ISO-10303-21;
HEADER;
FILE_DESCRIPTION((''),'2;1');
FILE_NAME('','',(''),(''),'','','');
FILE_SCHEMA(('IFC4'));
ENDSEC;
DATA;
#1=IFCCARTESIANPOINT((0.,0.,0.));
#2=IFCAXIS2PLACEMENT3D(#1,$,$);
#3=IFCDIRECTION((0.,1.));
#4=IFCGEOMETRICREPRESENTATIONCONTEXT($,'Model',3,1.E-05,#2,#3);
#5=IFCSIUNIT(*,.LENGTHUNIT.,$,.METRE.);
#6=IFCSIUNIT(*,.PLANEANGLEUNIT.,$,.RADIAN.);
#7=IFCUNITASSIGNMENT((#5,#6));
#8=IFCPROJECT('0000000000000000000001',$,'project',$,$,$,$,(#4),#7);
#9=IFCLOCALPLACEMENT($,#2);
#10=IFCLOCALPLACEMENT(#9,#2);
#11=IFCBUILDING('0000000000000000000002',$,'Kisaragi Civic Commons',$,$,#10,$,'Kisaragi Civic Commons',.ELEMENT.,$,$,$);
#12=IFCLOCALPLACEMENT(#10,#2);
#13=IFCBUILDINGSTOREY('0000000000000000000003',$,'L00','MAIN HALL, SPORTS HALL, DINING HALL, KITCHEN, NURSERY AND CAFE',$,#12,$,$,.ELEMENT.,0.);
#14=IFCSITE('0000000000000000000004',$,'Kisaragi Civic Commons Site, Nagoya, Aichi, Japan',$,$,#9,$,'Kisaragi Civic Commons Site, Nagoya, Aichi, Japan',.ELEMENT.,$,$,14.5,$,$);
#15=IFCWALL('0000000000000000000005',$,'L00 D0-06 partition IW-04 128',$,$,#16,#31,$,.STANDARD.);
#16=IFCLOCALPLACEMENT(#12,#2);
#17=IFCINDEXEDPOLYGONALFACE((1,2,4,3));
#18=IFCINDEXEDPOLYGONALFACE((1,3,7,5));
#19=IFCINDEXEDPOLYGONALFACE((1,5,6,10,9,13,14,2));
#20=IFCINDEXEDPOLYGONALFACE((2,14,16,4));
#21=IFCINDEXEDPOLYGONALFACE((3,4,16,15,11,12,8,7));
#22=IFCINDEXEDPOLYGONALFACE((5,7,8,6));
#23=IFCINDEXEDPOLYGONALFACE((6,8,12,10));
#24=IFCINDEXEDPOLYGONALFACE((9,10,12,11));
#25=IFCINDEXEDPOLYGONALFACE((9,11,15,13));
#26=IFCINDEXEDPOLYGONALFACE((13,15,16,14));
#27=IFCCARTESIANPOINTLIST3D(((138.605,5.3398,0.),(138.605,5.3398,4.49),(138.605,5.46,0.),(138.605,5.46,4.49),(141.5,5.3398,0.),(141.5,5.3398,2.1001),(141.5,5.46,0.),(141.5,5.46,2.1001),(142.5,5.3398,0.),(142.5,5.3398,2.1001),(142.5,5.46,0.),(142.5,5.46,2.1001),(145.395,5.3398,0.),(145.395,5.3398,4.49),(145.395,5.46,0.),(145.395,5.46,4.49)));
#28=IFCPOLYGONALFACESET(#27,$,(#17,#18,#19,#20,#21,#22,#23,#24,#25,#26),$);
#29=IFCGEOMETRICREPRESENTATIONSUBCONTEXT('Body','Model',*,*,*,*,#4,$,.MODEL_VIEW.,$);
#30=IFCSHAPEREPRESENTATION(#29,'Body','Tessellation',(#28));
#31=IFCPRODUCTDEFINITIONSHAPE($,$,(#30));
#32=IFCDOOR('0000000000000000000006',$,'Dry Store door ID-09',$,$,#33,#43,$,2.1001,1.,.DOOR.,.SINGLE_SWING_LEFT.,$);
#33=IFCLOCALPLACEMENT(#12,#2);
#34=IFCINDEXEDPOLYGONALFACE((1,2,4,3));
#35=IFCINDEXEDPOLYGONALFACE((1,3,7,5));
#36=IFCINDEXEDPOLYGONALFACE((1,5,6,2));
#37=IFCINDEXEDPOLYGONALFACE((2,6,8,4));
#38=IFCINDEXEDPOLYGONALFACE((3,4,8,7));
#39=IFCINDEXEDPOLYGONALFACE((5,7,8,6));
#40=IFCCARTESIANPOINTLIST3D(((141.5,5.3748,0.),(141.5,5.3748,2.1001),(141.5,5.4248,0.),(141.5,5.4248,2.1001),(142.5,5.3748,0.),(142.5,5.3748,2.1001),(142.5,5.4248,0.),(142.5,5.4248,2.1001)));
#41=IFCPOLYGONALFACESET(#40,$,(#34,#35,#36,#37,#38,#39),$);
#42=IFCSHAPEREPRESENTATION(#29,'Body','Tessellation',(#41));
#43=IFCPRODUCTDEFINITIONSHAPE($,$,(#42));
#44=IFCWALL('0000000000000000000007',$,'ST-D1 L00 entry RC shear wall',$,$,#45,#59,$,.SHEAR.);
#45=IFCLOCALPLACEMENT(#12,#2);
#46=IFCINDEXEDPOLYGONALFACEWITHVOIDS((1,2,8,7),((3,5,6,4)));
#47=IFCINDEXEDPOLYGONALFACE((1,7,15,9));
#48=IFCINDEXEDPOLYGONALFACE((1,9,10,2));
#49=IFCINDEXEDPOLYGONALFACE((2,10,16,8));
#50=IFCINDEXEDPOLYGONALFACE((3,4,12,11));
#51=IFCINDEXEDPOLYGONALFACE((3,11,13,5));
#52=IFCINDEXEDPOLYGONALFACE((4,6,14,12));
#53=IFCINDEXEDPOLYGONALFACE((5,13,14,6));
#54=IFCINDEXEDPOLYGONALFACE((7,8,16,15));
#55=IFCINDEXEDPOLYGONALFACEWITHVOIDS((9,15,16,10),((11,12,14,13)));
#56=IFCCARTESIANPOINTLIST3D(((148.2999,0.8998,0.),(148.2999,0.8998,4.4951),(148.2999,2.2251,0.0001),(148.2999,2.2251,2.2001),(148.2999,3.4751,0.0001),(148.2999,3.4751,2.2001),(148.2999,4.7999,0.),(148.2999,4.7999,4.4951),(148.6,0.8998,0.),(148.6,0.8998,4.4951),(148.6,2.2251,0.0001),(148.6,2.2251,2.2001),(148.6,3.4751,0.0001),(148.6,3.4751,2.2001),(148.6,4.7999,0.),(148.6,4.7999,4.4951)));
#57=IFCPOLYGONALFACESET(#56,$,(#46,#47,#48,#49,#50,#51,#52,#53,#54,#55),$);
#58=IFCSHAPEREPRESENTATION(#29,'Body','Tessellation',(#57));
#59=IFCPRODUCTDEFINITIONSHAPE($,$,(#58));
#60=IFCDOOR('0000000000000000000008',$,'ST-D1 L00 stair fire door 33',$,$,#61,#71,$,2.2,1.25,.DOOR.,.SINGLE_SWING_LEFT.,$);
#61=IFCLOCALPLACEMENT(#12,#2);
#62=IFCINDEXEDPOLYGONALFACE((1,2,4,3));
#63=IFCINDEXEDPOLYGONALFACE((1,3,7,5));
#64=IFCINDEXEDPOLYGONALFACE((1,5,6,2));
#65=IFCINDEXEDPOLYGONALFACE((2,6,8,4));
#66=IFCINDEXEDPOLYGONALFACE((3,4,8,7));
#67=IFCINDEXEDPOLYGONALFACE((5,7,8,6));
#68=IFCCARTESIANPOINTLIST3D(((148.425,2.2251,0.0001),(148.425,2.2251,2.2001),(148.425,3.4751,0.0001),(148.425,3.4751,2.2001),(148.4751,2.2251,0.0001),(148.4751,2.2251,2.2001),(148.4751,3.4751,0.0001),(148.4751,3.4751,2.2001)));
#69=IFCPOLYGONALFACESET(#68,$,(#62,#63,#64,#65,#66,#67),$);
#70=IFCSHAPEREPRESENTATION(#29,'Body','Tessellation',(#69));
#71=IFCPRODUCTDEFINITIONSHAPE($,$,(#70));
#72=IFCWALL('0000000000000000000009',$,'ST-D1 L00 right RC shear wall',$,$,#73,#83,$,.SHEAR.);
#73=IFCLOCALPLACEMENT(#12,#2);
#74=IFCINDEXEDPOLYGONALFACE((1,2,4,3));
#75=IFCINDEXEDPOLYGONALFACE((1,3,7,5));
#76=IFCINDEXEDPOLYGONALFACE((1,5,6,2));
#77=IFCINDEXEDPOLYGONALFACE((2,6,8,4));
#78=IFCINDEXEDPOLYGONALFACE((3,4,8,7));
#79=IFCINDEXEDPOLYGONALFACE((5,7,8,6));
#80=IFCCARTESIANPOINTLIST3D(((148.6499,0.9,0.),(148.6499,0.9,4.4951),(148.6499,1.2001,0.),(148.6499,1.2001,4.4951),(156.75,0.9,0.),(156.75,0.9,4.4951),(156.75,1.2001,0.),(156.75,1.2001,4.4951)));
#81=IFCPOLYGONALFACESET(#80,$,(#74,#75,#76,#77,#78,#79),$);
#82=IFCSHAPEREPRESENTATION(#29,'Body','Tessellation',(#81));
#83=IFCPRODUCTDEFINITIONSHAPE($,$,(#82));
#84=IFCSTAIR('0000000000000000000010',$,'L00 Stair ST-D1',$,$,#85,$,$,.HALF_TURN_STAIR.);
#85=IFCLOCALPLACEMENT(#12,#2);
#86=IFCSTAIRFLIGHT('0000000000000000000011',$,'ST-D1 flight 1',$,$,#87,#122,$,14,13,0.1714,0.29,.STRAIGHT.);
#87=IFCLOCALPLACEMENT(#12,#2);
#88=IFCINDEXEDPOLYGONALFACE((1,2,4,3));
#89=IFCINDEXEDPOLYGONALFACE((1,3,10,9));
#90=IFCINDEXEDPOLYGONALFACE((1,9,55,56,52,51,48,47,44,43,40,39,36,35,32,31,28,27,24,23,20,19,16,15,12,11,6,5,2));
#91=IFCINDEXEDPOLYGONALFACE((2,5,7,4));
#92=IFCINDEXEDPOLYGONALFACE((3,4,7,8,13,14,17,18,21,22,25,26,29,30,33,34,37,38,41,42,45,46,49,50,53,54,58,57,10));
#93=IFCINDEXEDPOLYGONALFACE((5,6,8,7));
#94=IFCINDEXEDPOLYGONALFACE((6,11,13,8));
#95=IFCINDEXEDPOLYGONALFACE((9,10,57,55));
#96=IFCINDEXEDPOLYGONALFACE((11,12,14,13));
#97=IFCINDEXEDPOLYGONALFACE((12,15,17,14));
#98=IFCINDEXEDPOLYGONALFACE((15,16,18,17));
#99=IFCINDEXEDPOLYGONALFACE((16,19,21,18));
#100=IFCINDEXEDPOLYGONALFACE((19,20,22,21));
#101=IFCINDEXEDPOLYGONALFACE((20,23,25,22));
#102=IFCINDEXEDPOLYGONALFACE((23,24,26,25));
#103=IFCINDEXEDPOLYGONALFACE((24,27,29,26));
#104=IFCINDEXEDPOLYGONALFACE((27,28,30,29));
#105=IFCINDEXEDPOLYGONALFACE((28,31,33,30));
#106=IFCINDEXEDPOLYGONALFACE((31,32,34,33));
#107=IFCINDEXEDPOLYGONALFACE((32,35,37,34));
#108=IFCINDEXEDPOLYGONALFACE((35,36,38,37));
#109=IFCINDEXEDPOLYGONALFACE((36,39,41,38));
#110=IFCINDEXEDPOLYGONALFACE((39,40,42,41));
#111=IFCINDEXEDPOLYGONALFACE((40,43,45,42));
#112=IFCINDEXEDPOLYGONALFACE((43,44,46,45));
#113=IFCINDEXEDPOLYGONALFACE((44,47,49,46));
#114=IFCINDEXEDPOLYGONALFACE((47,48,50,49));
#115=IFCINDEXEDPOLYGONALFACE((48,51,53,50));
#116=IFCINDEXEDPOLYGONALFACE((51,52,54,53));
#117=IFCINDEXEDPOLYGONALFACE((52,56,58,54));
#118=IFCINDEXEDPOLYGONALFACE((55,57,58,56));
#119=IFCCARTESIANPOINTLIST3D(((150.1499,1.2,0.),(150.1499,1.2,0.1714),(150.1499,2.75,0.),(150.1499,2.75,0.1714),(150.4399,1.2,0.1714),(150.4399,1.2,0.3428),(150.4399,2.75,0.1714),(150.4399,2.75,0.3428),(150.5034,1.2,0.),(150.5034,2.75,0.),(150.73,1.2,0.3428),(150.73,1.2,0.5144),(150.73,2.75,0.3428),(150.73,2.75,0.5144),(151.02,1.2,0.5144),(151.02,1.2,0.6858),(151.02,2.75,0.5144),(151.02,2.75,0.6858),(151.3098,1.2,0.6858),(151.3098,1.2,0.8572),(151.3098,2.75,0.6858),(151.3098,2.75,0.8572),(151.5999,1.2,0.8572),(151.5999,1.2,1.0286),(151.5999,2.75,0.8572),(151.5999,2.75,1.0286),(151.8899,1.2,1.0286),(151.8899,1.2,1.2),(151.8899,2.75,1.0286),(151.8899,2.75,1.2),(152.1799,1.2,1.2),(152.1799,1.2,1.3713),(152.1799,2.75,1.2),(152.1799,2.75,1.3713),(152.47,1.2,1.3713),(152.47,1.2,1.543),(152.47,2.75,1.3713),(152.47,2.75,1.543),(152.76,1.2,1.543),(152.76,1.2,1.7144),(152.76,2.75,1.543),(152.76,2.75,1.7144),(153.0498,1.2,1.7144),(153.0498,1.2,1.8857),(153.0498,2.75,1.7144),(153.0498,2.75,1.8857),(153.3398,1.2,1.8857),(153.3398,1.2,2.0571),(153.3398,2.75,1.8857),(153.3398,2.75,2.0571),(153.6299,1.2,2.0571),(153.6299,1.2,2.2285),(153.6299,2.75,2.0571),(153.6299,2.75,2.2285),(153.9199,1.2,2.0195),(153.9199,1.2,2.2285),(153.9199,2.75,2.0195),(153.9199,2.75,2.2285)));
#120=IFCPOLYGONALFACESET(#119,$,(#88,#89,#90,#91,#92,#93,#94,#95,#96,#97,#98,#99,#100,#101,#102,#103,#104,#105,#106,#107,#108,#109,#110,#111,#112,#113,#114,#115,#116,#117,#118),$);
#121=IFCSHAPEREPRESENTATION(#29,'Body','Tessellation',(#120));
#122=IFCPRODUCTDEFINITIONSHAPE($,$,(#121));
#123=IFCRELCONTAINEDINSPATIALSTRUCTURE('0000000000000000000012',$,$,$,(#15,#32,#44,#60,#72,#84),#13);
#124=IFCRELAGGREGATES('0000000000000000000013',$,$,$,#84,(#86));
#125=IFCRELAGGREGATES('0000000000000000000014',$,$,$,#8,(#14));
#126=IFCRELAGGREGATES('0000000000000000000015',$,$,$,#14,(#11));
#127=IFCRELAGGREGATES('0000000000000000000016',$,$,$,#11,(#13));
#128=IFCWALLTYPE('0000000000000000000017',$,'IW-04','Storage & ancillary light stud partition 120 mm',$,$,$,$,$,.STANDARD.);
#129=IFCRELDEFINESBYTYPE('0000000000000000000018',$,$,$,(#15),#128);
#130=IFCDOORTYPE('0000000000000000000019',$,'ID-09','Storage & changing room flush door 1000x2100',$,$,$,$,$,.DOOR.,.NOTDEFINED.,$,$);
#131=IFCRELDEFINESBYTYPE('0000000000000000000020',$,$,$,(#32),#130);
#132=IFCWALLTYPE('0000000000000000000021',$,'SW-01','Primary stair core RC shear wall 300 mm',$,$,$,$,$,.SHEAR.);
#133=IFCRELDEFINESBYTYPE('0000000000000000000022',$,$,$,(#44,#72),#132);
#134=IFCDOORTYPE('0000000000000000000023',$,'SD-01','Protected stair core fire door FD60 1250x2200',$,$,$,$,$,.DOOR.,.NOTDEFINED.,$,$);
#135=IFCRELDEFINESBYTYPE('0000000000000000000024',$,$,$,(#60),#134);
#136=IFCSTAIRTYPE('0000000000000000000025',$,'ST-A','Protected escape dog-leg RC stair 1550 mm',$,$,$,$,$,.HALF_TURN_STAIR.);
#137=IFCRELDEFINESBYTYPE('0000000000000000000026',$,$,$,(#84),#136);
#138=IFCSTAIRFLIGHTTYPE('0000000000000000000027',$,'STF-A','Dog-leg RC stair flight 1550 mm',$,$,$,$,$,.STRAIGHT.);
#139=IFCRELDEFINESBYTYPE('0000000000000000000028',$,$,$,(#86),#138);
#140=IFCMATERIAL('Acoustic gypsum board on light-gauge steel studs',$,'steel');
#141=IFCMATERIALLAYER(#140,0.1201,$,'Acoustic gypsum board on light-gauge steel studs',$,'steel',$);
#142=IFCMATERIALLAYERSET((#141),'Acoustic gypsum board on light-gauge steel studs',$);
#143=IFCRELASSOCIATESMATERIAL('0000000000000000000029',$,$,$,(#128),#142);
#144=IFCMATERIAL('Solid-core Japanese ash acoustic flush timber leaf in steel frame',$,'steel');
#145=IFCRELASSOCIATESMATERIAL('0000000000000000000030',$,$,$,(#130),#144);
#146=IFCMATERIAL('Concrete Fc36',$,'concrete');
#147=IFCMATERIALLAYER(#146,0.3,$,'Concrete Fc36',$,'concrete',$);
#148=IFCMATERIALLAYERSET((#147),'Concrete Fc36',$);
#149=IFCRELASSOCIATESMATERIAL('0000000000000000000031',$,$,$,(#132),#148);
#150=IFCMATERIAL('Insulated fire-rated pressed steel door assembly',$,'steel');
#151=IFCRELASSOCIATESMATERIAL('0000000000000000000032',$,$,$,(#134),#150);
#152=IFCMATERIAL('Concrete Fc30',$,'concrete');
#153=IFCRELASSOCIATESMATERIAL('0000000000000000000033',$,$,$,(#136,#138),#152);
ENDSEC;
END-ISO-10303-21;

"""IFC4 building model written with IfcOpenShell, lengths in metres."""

from ifc_helpers import new_model, si_unit, direction, frame, frame_2d, origin, place, context, subcontext, project, spatial, polyline, rectangle, outline, extrude, material, layer, layer_set, type_object, element, fill, aggregate, save


model = new_model("IFC4")

# Units and contexts
model_context = context("Model", 3, precision=1e-05, world=origin(), true_north=direction((0.0, 1.0)))
body_context = subcontext(model_context, "Body", "Model", "MODEL_VIEW")
ifc_project = project(units=[si_unit("LENGTHUNIT", "METRE"), si_unit("PLANEANGLEUNIT", "RADIAN")], contexts=[model_context])

# Site, building, storey
site_placement = place(None, origin())
site = spatial("IfcSite", under=ifc_project, at=site_placement, Name="Kisaragi Civic Commons Site, Nagoya, Aichi, Japan", LongName="Kisaragi Civic Commons Site, Nagoya, Aichi, Japan", CompositionType="ELEMENT", RefElevation=14.5)
building_placement = place(site_placement, origin())
building = spatial("IfcBuilding", under=site, at=building_placement, Name="Kisaragi Civic Commons", LongName="Kisaragi Civic Commons", CompositionType="ELEMENT")
storey_placement = place(building_placement, origin())
storey = spatial("IfcBuildingStorey", under=building, at=storey_placement, Name="L00", Description="MAIN HALL, SPORTS HALL, DINING HALL, KITCHEN, NURSERY AND CAFE", CompositionType="ELEMENT", Elevation=0.0)

# Shared definitions
ifc_material_1 = material(Name="Concrete Fc36", Category="concrete")

# Shared definitions
ifc_material_2 = material(Name="Concrete Fc30", Category="concrete")

# Shared definitions
ifc_material_3 = material(Name="Acoustic gypsum board on light-gauge steel studs", Category="steel")
ifc_layer_1 = layer(ifc_material_3, 0.1201, Name="Acoustic gypsum board on light-gauge steel studs", Category="steel")
ifc_layer_set_1 = layer_set([ifc_layer_1], Name="Acoustic gypsum board on light-gauge steel studs")
wall_type_1 = type_object("IfcWallType", Name="IW-04", Description="Storage & ancillary light stud partition 120 mm", PredefinedType="STANDARD", material=ifc_layer_set_1)

# Walls, openings, doors
wall_1_placement = place(storey_placement, frame((138.605, 5.3999, 0.0), z_axis=(0.0, 0.0, 1.0), x_axis=(1.0, 0.0, 0.0)))
wall_1 = element("IfcWall", 1, at=wall_1_placement, inside=storey, type_object=wall_type_1, Name="L00 D0-06 partition IW-04 128", PredefinedType="STANDARD", context=body_context, shape_type="SweptSolid", body=[
    extrude(rectangle(XDim=6.79, YDim=0.1201, at=frame_2d((3.395, 0.0))), origin(), (0.0, 0.0, 1.0), 4.49),
])
opening_1_placement = place(wall_1_placement, frame((2.895, 0.0, 0.0)))
opening_1 = element("IfcOpeningElement", 2, at=opening_1_placement, cuts=wall_1, PredefinedType="OPENING", context=body_context, shape_type="SweptSolid", body=[
    extrude(rectangle(XDim=1.0, YDim=2.1001, at=frame_2d((0.5, 1.05))), frame((0.0, 0.0701, 0.0), z_axis=(0.0, -1.0, 0.0), x_axis=(1.0, 0.0, 0.0)), (0.0, 0.0, 1.0), 0.1401),
])
ifc_material_4 = material(Name="Solid-core Japanese ash acoustic flush timber leaf in steel frame", Category="steel")
door_type_1 = type_object("IfcDoorType", Name="ID-09", Description="Storage & changing room flush door 1000x2100", OperationType="NOTDEFINED", PredefinedType="DOOR", material=ifc_material_4)
door_1_placement = place(opening_1_placement, origin())
door_1 = element("IfcDoor", 3, at=door_1_placement, inside=storey, type_object=door_type_1, Name="Dry Store door ID-09", OperationType="SINGLE_SWING_LEFT", OverallHeight=2.1001, OverallWidth=1.0, PredefinedType="DOOR", context=body_context, shape_type="SweptSolid", body=[
    extrude(rectangle(XDim=1.0, YDim=2.1001, at=frame_2d((0.5, 1.05))), frame((0.0, 0.0249, 0.0), z_axis=(0.0, -1.0, 0.0), x_axis=(1.0, 0.0, 0.0)), (0.0, 0.0, 1.0), 0.05),
])
fill(opening_1, door_1)
ifc_layer_2 = layer(ifc_material_1, 0.3, Name="Concrete Fc36", Category="concrete")
ifc_layer_set_2 = layer_set([ifc_layer_2], Name="Concrete Fc36")
wall_type_2 = type_object("IfcWallType", Name="SW-01", Description="Primary stair core RC shear wall 300 mm", PredefinedType="SHEAR", material=ifc_layer_set_2)
wall_2_placement = place(storey_placement, frame((148.45, 4.8, 0.0), z_axis=(0.0, 0.0, 1.0), x_axis=(0.0, -1.0, 0.0)))
wall_2 = element("IfcWall", 4, at=wall_2_placement, inside=storey, type_object=wall_type_2, Name="ST-D1 L00 entry RC shear wall", PredefinedType="SHEAR", context=body_context, shape_type="SweptSolid", body=[
    extrude(rectangle(XDim=3.9001, YDim=0.3, at=frame_2d((1.9502, 0.0))), origin(), (0.0, 0.0, 1.0), 4.4951),
])
opening_2_placement = place(wall_2_placement, frame((1.325, 0.0, 0.0)))
opening_2 = element("IfcOpeningElement", 5, at=opening_2_placement, cuts=wall_2, PredefinedType="OPENING", context=body_context, shape_type="SweptSolid", body=[
    extrude(rectangle(XDim=1.25, YDim=2.2, at=frame_2d((0.625, 1.1001))), frame((0.0, 0.1599, 0.0), z_axis=(0.0, -1.0, 0.0), x_axis=(1.0, 0.0, 0.0)), (0.0, 0.0, 1.0), 0.3201),
])
ifc_material_5 = material(Name="Insulated fire-rated pressed steel door assembly", Category="steel")
door_type_2 = type_object("IfcDoorType", Name="SD-01", Description="Protected stair core fire door FD60 1250x2200", OperationType="NOTDEFINED", PredefinedType="DOOR", material=ifc_material_5)
door_2_placement = place(opening_2_placement, frame((1.25, 0.0, 0.0), z_axis=(0.0, 0.0, 1.0), x_axis=(-1.0, 0.0, 0.0)))
door_2 = element("IfcDoor", 6, at=door_2_placement, inside=storey, type_object=door_type_2, Name="ST-D1 L00 stair fire door 33", OperationType="SINGLE_SWING_LEFT", OverallHeight=2.2, OverallWidth=1.25, PredefinedType="DOOR", context=body_context, shape_type="SweptSolid", body=[
    extrude(rectangle(XDim=1.25, YDim=2.2, at=frame_2d((0.625, 1.1001))), frame((0.0, 0.0249, 0.0), z_axis=(0.0, -1.0, 0.0), x_axis=(1.0, 0.0, 0.0)), (0.0, 0.0, 1.0), 0.05),
])
fill(opening_2, door_2)

# Wall
wall_3_placement = place(storey_placement, frame((148.6499, 1.05, 0.0), z_axis=(0.0, 0.0, 1.0), x_axis=(1.0, 0.0, 0.0)))
element("IfcWall", 7, at=wall_3_placement, inside=storey, type_object=wall_type_2, Name="ST-D1 L00 right RC shear wall", PredefinedType="SHEAR", context=body_context, shape_type="SweptSolid", body=[
    extrude(rectangle(XDim=8.1001, YDim=0.3, at=frame_2d((4.05, 0.0))), origin(), (0.0, 0.0, 1.0), 4.4951),
])

# Stair, stair flight
stair_type = type_object("IfcStairType", Name="ST-A", Description="Protected escape dog-leg RC stair 1550 mm", PredefinedType="HALF_TURN_STAIR", material=ifc_material_2)
stair_placement = place(storey_placement, origin())
stair = element("IfcStair", 8, at=stair_placement, inside=storey, type_object=stair_type, Name="L00 Stair ST-D1", PredefinedType="HALF_TURN_STAIR")
stair_flight_type = type_object("IfcStairFlightType", Name="STF-A", Description="Dog-leg RC stair flight 1550 mm", PredefinedType="STRAIGHT", material=ifc_material_2)
stair_flight_placement = place(storey_placement, frame((150.1499, 1.9751, 0.0), z_axis=(0.0, 0.0, 1.0), x_axis=(1.0, 0.0, 0.0)))
stair_flight = element("IfcStairFlight", 9, at=stair_flight_placement, type_object=stair_flight_type, Name="ST-D1 flight 1", NumberOfRisers=14, NumberOfTreads=13, PredefinedType="STRAIGHT", RiserHeight=0.1714, TreadLength=0.29, context=body_context, shape_type="SweptSolid", body=[
    extrude(outline(polyline([(0.0, 0.0), (0.0, 0.1714), (0.29, 0.1714), (0.29, 0.3428), (0.5801, 0.3428), (0.5801, 0.5144), (0.8701, 0.5144), (0.8701, 0.6858), (1.1599, 0.6858), (1.1599, 0.8572), (1.45, 0.8572), (1.45, 1.0286), (1.74, 1.0286), (1.74, 1.2), (2.03, 1.2), (2.03, 1.3713), (2.3201, 1.3713), (2.3201, 1.543), (2.6101, 1.543), (2.6101, 1.7144), (2.8999, 1.7144), (2.8999, 1.8857), (3.1899, 1.8857), (3.1899, 2.0571), (3.48, 2.0571), (3.48, 2.2285), (3.77, 2.2285), (3.77, 2.3999), (3.77, 2.0195), (0.3535, 0.0), (0.0, 0.0)])), frame((0.0, 0.7749, 0.0), z_axis=(0.0, -1.0, 0.0), x_axis=(1.0, 0.0, 0.0)), (0.0, 0.0, 1.0), 1.55),
])
aggregate(stair, [stair_flight])

save(model, "model.ifc")
